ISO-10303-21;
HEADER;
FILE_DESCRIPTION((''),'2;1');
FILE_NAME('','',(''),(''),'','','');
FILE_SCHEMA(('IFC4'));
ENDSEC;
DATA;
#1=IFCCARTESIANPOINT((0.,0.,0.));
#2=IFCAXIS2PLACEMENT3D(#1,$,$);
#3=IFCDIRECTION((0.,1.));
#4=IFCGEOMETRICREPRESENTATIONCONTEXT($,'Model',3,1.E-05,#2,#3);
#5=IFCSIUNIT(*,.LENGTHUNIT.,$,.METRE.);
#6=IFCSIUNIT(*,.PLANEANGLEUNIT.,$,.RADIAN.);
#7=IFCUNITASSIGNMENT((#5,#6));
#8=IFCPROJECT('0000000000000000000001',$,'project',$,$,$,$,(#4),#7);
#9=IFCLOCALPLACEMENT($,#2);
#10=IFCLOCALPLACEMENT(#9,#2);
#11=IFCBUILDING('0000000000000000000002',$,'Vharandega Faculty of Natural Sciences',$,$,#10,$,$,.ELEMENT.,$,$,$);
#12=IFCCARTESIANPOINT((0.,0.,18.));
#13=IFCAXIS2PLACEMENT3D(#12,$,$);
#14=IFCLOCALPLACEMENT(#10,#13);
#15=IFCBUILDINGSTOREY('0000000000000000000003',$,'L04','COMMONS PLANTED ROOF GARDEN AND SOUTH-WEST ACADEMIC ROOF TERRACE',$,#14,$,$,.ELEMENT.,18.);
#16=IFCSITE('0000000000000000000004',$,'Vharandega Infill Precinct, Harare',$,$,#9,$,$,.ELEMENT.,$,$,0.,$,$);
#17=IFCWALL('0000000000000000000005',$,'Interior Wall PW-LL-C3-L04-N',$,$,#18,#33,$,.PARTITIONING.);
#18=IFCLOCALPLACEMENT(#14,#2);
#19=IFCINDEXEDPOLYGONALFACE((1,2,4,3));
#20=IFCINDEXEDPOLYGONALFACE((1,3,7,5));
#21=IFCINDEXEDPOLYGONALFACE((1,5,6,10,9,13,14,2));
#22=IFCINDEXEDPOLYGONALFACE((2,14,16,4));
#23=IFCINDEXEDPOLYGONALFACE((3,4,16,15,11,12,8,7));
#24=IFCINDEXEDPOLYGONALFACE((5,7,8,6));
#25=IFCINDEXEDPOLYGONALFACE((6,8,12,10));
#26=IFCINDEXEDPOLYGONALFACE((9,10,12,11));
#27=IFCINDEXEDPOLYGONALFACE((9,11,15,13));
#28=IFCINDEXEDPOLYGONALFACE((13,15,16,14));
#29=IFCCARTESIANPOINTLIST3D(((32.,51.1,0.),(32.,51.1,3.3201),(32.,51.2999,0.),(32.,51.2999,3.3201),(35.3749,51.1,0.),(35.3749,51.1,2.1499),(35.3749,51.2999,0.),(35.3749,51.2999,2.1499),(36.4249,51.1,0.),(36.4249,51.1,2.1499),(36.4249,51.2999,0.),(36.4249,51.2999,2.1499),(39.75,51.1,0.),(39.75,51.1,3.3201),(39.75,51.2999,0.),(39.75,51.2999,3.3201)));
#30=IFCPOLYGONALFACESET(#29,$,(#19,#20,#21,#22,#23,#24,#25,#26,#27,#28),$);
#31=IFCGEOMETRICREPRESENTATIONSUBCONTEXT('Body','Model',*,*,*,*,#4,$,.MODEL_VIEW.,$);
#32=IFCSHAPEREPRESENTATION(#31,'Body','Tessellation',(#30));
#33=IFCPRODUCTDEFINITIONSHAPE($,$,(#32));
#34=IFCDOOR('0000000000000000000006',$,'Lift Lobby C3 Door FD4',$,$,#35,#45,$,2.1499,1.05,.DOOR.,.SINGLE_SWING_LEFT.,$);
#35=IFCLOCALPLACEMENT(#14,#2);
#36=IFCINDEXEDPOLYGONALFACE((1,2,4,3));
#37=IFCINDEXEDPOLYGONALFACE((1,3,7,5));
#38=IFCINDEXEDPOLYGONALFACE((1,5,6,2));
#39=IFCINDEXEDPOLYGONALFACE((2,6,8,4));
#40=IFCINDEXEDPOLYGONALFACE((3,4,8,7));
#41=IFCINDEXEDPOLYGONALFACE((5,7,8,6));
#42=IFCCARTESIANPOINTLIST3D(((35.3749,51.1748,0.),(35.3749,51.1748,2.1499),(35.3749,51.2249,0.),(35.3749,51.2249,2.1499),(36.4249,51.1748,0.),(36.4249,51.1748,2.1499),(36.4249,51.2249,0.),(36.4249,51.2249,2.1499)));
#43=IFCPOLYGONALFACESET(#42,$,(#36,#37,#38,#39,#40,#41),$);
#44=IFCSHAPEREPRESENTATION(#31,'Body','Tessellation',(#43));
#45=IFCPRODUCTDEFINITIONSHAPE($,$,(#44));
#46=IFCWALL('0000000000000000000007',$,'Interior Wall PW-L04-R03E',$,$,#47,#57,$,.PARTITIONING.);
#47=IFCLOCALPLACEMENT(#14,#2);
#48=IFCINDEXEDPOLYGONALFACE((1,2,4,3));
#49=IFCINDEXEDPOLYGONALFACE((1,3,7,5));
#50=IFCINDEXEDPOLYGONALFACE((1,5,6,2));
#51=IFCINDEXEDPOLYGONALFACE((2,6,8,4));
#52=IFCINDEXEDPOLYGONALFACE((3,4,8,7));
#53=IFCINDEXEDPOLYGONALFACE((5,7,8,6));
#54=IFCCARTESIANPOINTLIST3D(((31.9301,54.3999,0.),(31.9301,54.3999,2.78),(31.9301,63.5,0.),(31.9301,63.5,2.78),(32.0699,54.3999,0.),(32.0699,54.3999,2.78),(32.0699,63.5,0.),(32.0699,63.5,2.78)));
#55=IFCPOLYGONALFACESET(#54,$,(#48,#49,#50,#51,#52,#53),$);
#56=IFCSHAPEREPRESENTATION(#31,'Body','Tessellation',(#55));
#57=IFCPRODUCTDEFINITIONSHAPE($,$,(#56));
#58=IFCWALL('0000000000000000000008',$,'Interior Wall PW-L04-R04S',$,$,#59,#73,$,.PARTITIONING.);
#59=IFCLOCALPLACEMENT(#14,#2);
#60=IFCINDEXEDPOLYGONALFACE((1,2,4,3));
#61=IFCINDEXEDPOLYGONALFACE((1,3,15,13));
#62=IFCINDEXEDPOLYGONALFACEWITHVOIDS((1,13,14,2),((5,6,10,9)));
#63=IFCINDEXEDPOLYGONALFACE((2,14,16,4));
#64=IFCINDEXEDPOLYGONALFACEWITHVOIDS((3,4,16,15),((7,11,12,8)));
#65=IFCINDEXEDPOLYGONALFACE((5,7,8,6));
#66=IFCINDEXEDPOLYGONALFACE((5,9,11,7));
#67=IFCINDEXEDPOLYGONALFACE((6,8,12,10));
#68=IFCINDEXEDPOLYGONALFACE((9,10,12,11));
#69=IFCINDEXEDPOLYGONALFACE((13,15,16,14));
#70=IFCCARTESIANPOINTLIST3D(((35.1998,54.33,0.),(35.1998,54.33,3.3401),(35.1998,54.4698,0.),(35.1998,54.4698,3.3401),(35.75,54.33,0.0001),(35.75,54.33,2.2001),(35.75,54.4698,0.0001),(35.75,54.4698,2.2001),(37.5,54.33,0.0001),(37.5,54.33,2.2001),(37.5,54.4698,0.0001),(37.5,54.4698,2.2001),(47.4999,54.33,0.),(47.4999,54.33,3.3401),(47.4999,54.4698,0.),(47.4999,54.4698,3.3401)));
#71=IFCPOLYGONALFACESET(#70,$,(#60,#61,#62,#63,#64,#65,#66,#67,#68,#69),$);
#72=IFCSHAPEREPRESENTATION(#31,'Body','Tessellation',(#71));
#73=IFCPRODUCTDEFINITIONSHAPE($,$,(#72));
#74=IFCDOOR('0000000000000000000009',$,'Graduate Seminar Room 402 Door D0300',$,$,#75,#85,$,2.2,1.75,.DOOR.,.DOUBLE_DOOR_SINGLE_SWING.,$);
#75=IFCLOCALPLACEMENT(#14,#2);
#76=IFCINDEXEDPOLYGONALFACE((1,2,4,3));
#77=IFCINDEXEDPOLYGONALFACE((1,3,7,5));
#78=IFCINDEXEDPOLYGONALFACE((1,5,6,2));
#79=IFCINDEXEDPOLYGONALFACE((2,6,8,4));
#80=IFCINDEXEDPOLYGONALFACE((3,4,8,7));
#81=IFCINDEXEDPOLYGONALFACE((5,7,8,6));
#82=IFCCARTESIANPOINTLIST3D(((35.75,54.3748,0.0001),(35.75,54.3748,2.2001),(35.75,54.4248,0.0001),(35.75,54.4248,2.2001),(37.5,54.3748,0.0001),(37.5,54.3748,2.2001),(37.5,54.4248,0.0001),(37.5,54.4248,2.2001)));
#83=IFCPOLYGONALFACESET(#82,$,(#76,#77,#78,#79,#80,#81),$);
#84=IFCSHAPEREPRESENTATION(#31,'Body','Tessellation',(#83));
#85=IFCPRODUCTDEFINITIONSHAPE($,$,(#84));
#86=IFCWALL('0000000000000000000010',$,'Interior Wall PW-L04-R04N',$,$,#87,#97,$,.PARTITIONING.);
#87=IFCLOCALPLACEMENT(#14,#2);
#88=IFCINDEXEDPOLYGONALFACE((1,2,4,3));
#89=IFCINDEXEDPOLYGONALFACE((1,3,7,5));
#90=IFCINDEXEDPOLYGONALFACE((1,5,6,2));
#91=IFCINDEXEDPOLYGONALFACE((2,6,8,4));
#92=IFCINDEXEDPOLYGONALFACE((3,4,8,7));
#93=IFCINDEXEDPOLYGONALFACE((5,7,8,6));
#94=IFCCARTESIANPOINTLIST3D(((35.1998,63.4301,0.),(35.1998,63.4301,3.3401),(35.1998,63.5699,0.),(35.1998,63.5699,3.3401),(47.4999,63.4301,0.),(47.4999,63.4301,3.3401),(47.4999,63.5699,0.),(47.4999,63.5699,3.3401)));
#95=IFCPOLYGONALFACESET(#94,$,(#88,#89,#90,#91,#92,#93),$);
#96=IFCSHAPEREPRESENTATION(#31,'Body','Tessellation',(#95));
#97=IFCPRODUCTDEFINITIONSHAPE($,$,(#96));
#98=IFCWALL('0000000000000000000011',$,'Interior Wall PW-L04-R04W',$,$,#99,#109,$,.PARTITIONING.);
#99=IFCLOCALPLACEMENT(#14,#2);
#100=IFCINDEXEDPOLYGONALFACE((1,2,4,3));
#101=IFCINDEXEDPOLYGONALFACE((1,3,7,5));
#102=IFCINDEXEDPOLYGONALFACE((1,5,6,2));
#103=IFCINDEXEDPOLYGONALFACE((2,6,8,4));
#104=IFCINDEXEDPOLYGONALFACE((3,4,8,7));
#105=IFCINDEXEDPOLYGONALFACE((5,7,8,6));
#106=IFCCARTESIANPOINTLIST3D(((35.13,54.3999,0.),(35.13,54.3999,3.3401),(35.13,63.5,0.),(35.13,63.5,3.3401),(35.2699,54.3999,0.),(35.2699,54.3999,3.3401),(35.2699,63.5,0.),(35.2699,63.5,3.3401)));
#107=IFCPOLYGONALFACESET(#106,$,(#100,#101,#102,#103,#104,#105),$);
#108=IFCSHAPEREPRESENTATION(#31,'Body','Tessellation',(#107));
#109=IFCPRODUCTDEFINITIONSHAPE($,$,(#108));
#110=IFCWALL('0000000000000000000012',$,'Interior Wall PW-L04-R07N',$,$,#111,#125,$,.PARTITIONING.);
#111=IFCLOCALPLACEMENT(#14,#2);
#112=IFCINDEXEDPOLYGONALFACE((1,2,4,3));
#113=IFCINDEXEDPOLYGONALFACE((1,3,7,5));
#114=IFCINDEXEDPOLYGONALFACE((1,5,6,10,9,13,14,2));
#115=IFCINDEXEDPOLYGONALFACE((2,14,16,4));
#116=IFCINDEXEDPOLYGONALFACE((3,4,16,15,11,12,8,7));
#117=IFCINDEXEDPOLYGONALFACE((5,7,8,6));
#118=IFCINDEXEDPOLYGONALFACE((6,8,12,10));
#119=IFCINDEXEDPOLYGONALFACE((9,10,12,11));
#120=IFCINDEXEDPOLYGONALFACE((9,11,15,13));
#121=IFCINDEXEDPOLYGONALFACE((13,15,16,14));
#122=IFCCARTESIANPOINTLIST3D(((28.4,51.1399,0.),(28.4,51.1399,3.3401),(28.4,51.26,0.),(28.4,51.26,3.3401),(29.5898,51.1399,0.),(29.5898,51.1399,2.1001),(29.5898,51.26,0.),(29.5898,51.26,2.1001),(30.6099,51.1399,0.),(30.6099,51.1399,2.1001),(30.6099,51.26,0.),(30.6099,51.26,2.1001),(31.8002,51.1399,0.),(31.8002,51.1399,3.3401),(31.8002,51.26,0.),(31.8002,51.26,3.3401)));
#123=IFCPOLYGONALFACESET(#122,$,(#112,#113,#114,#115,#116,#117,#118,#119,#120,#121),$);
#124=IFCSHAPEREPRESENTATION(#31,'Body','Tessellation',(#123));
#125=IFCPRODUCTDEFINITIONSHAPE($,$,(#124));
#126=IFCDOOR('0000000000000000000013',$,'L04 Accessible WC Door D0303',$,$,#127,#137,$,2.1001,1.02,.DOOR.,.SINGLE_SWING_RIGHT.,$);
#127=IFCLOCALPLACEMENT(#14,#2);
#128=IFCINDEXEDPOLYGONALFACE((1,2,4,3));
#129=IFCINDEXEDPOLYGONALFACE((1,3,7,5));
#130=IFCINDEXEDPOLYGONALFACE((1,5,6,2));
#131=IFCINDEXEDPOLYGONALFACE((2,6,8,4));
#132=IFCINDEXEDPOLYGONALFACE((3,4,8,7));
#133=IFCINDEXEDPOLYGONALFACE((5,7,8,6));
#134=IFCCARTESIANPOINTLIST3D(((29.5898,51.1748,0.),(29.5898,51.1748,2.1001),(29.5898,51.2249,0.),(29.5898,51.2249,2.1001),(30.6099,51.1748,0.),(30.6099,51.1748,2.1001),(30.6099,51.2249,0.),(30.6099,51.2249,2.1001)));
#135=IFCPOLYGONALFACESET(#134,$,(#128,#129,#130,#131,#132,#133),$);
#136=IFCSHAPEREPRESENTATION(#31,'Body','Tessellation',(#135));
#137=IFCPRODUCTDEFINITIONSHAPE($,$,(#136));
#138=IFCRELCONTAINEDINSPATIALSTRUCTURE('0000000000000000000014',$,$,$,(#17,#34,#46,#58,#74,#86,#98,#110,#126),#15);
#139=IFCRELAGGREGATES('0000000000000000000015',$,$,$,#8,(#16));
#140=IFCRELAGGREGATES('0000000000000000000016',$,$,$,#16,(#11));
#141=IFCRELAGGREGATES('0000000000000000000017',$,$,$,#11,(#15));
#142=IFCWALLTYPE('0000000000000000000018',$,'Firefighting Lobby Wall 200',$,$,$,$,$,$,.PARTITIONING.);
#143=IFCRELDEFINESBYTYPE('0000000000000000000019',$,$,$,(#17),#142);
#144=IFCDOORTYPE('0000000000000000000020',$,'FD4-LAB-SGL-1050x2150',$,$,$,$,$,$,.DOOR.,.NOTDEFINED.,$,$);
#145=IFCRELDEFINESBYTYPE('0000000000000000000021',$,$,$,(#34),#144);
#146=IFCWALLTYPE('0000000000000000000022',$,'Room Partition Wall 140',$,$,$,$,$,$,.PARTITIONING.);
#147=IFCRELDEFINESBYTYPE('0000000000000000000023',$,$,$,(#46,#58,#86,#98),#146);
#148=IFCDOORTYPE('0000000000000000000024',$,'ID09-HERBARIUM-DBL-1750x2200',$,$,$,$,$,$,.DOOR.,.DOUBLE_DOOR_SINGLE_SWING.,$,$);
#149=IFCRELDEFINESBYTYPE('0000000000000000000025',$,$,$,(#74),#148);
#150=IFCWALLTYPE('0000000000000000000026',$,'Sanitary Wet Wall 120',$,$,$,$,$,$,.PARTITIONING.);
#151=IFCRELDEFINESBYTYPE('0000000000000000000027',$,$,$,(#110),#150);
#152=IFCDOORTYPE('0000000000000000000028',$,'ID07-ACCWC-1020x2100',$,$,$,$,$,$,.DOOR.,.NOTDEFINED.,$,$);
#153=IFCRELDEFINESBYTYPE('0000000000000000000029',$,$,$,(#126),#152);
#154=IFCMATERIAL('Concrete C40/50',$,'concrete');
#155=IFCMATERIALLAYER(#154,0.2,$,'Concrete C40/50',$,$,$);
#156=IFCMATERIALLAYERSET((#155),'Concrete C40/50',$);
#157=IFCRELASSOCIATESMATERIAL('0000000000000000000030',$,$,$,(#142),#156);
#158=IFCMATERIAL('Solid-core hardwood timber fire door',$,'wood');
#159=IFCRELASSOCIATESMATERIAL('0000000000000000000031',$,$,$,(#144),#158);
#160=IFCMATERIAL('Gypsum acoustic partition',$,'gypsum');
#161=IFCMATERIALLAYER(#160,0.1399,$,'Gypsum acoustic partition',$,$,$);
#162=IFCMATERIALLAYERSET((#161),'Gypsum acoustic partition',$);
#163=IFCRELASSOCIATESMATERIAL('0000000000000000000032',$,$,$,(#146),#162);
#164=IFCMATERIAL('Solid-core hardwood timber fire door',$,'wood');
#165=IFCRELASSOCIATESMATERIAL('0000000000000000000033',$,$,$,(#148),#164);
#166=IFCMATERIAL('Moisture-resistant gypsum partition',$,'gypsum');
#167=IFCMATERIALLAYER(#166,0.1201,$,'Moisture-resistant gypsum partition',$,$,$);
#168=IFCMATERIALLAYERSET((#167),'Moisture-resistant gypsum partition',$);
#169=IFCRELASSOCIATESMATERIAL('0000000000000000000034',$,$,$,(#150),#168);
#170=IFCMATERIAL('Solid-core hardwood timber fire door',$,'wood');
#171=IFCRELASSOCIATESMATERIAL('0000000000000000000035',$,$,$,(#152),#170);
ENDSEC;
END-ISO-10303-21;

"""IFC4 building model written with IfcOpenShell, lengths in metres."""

from ifc_helpers import new_model, si_unit, direction, frame, frame_2d, origin, place, context, subcontext, project, spatial, rectangle, extrude, material, layer, layer_set, type_object, element, fill, save


model = new_model("IFC4")

# Units and contexts
model_context = context("Model", 3, precision=1e-05, world=origin(), true_north=direction((0.0, 1.0)))
body_context = subcontext(model_context, "Body", "Model", "MODEL_VIEW")
ifc_project = project(units=[si_unit("LENGTHUNIT", "METRE"), si_unit("PLANEANGLEUNIT", "RADIAN")], contexts=[model_context])

# Site, building, storey
site_placement = place(None, origin())
site = spatial("IfcSite", under=ifc_project, at=site_placement, Name="Vharandega Infill Precinct, Harare", CompositionType="ELEMENT", RefElevation=0.0)
building_placement = place(site_placement, origin())
building = spatial("IfcBuilding", under=site, at=building_placement, Name="Vharandega Faculty of Natural Sciences", CompositionType="ELEMENT")
storey_placement = place(building_placement, frame((0.0, 0.0, 18.0)))
storey = spatial("IfcBuildingStorey", under=building, at=storey_placement, Name="L04", Description="COMMONS PLANTED ROOF GARDEN AND SOUTH-WEST ACADEMIC ROOF TERRACE", CompositionType="ELEMENT", Elevation=18.0)

# Wall, opening, door
ifc_material_1 = material(Name="Concrete C40/50", Category="concrete")
ifc_layer_1 = layer(ifc_material_1, 0.2, Name="Concrete C40/50")
ifc_layer_set_1 = layer_set([ifc_layer_1], Name="Concrete C40/50")
wall_type_1 = type_object("IfcWallType", Name="Firefighting Lobby Wall 200", PredefinedType="PARTITIONING", material=ifc_layer_set_1)
wall_1_placement = place(storey_placement, frame((32.0, 51.2, 0.0), z_axis=(0.0, 0.0, 1.0), x_axis=(1.0, 0.0, 0.0)))
wall_1 = element("IfcWall", 1, at=wall_1_placement, inside=storey, type_object=wall_type_1, Name="Interior Wall PW-LL-C3-L04-N", PredefinedType="PARTITIONING", context=body_context, shape_type="SweptSolid", body=[
    extrude(rectangle(XDim=7.75, YDim=0.2, at=frame_2d((3.875, 0.0))), origin(), (0.0, 0.0, 1.0), 3.3201),
])
opening_1_placement = place(wall_1_placement, frame((3.375, 0.0, 0.0)))
opening_1 = element("IfcOpeningElement", 2, at=opening_1_placement, cuts=wall_1, PredefinedType="OPENING", context=body_context, shape_type="SweptSolid", body=[
    extrude(rectangle(XDim=1.05, YDim=2.1499, at=frame_2d((0.5249, 1.075))), frame((0.0, 0.1099, 0.0), z_axis=(0.0, -1.0, 0.0), x_axis=(1.0, 0.0, 0.0)), (0.0, 0.0, 1.0), 0.22),
])
ifc_material_2 = material(Name="Solid-core hardwood timber fire door", Category="wood")
door_type_1 = type_object("IfcDoorType", Name="FD4-LAB-SGL-1050x2150", OperationType="NOTDEFINED", PredefinedType="DOOR", material=ifc_material_2)
door_1_placement = place(opening_1_placement, origin())
door_1 = element("IfcDoor", 3, at=door_1_placement, inside=storey, type_object=door_type_1, Name="Lift Lobby C3 Door FD4", OperationType="SINGLE_SWING_LEFT", OverallHeight=2.1499, OverallWidth=1.05, PredefinedType="DOOR", context=body_context, shape_type="SweptSolid", body=[
    extrude(rectangle(XDim=1.05, YDim=2.1499, at=frame_2d((0.5249, 1.075))), frame((0.0, 0.0249, 0.0), z_axis=(0.0, -1.0, 0.0), x_axis=(1.0, 0.0, 0.0)), (0.0, 0.0, 1.0), 0.05),
])
fill(opening_1, door_1)

# Wall
ifc_material_3 = material(Name="Gypsum acoustic partition", Category="gypsum")
ifc_layer_2 = layer(ifc_material_3, 0.1399, Name="Gypsum acoustic partition")
ifc_layer_set_2 = layer_set([ifc_layer_2], Name="Gypsum acoustic partition")
wall_type_2 = type_object("IfcWallType", Name="Room Partition Wall 140", PredefinedType="PARTITIONING", material=ifc_layer_set_2)
wall_2_placement = place(storey_placement, frame((32.0, 54.3999, 0.0), z_axis=(0.0, 0.0, 1.0), x_axis=(0.0, 1.0, 0.0)))
element("IfcWall", 4, at=wall_2_placement, inside=storey, type_object=wall_type_2, Name="Interior Wall PW-L04-R03E", PredefinedType="PARTITIONING", context=body_context, shape_type="SweptSolid", body=[
    extrude(rectangle(XDim=9.1001, YDim=0.1399, at=frame_2d((4.55, 0.0))), origin(), (0.0, 0.0, 1.0), 2.78),
])

# Wall, opening, door
wall_3_placement = place(storey_placement, frame((35.2, 54.3999, 0.0), z_axis=(0.0, 0.0, 1.0), x_axis=(1.0, 0.0, 0.0)))
wall_3 = element("IfcWall", 5, at=wall_3_placement, inside=storey, type_object=wall_type_2, Name="Interior Wall PW-L04-R04S", PredefinedType="PARTITIONING", context=body_context, shape_type="SweptSolid", body=[
    extrude(rectangle(XDim=12.3, YDim=0.1399, at=frame_2d((6.1499, 0.0))), origin(), (0.0, 0.0, 1.0), 3.3401),
])
opening_2_placement = place(wall_3_placement, frame((0.55, 0.0, 0.0)))
opening_2 = element("IfcOpeningElement", 6, at=opening_2_placement, cuts=wall_3, PredefinedType="OPENING", context=body_context, shape_type="SweptSolid", body=[
    extrude(rectangle(XDim=1.75, YDim=2.2, at=frame_2d((0.875, 1.1001))), frame((0.0, 0.0801, 0.0), z_axis=(0.0, -1.0, 0.0), x_axis=(1.0, 0.0, 0.0)), (0.0, 0.0, 1.0), 0.1599),
])
ifc_material_4 = material(Name="Solid-core hardwood timber fire door", Category="wood")
door_type_2 = type_object("IfcDoorType", Name="ID09-HERBARIUM-DBL-1750x2200", OperationType="DOUBLE_DOOR_SINGLE_SWING", PredefinedType="DOOR", material=ifc_material_4)
door_2_placement = place(opening_2_placement, origin())
door_2 = element("IfcDoor", 7, at=door_2_placement, inside=storey, type_object=door_type_2, Name="Graduate Seminar Room 402 Door D0300", OperationType="DOUBLE_DOOR_SINGLE_SWING", OverallHeight=2.2, OverallWidth=1.75, PredefinedType="DOOR", context=body_context, shape_type="SweptSolid", body=[
    extrude(rectangle(XDim=1.75, YDim=2.2, at=frame_2d((0.875, 1.1001))), frame((0.0, 0.0249, 0.0), z_axis=(0.0, -1.0, 0.0), x_axis=(1.0, 0.0, 0.0)), (0.0, 0.0, 1.0), 0.05),
])
fill(opening_2, door_2)

# Walls
wall_4_placement = place(storey_placement, frame((35.2, 63.5, 0.0), z_axis=(0.0, 0.0, 1.0), x_axis=(1.0, 0.0, 0.0)))
element("IfcWall", 8, at=wall_4_placement, inside=storey, type_object=wall_type_2, Name="Interior Wall PW-L04-R04N", PredefinedType="PARTITIONING", context=body_context, shape_type="SweptSolid", body=[
    extrude(rectangle(XDim=12.3, YDim=0.1399, at=frame_2d((6.1499, 0.0))), origin(), (0.0, 0.0, 1.0), 3.3401),
])
wall_5_placement = place(storey_placement, frame((35.2, 54.3999, 0.0), z_axis=(0.0, 0.0, 1.0), x_axis=(0.0, 1.0, 0.0)))
element("IfcWall", 9, at=wall_5_placement, inside=storey, type_object=wall_type_2, Name="Interior Wall PW-L04-R04W", PredefinedType="PARTITIONING", context=body_context, shape_type="SweptSolid", body=[
    extrude(rectangle(XDim=9.1001, YDim=0.1399, at=frame_2d((4.55, 0.0))), origin(), (0.0, 0.0, 1.0), 3.3401),
])

# Wall, opening, door
ifc_material_5 = material(Name="Moisture-resistant gypsum partition", Category="gypsum")
ifc_layer_3 = layer(ifc_material_5, 0.1201, Name="Moisture-resistant gypsum partition")
ifc_layer_set_3 = layer_set([ifc_layer_3], Name="Moisture-resistant gypsum partition")
wall_type_3 = type_object("IfcWallType", Name="Sanitary Wet Wall 120", PredefinedType="PARTITIONING", material=ifc_layer_set_3)
wall_6_placement = place(storey_placement, frame((28.3999, 51.2, 0.0), z_axis=(0.0, 0.0, 1.0), x_axis=(1.0, 0.0, 0.0)))
wall_6 = element("IfcWall", 10, at=wall_6_placement, inside=storey, type_object=wall_type_3, Name="Interior Wall PW-L04-R07N", PredefinedType="PARTITIONING", context=body_context, shape_type="SweptSolid", body=[
    extrude(rectangle(XDim=3.4001, YDim=0.1201, at=frame_2d((1.7002, 0.0))), origin(), (0.0, 0.0, 1.0), 3.3401),
])
opening_3_placement = place(wall_6_placement, frame((1.1899, 0.0, 0.0)))
opening_3 = element("IfcOpeningElement", 11, at=opening_3_placement, cuts=wall_6, PredefinedType="OPENING", context=body_context, shape_type="SweptSolid", body=[
    extrude(rectangle(XDim=1.02, YDim=2.1001, at=frame_2d((0.51, 1.05))), frame((0.0, 0.0701, 0.0), z_axis=(0.0, -1.0, 0.0), x_axis=(1.0, 0.0, 0.0)), (0.0, 0.0, 1.0), 0.1401),
])
ifc_material_6 = material(Name="Solid-core hardwood timber fire door", Category="wood")
door_type_3 = type_object("IfcDoorType", Name="ID07-ACCWC-1020x2100", OperationType="NOTDEFINED", PredefinedType="DOOR", material=ifc_material_6)
door_3_placement = place(opening_3_placement, origin())
door_3 = element("IfcDoor", 12, at=door_3_placement, inside=storey, type_object=door_type_3, Name="L04 Accessible WC Door D0303", OperationType="SINGLE_SWING_RIGHT", OverallHeight=2.1001, OverallWidth=1.02, PredefinedType="DOOR", context=body_context, shape_type="SweptSolid", body=[
    extrude(rectangle(XDim=1.02, YDim=2.1001, at=frame_2d((0.51, 1.05))), frame((0.0, 0.0249, 0.0), z_axis=(0.0, -1.0, 0.0), x_axis=(1.0, 0.0, 0.0)), (0.0, 0.0, 1.0), 0.05),
])
fill(opening_3, door_3)

save(model, "model.ifc")
